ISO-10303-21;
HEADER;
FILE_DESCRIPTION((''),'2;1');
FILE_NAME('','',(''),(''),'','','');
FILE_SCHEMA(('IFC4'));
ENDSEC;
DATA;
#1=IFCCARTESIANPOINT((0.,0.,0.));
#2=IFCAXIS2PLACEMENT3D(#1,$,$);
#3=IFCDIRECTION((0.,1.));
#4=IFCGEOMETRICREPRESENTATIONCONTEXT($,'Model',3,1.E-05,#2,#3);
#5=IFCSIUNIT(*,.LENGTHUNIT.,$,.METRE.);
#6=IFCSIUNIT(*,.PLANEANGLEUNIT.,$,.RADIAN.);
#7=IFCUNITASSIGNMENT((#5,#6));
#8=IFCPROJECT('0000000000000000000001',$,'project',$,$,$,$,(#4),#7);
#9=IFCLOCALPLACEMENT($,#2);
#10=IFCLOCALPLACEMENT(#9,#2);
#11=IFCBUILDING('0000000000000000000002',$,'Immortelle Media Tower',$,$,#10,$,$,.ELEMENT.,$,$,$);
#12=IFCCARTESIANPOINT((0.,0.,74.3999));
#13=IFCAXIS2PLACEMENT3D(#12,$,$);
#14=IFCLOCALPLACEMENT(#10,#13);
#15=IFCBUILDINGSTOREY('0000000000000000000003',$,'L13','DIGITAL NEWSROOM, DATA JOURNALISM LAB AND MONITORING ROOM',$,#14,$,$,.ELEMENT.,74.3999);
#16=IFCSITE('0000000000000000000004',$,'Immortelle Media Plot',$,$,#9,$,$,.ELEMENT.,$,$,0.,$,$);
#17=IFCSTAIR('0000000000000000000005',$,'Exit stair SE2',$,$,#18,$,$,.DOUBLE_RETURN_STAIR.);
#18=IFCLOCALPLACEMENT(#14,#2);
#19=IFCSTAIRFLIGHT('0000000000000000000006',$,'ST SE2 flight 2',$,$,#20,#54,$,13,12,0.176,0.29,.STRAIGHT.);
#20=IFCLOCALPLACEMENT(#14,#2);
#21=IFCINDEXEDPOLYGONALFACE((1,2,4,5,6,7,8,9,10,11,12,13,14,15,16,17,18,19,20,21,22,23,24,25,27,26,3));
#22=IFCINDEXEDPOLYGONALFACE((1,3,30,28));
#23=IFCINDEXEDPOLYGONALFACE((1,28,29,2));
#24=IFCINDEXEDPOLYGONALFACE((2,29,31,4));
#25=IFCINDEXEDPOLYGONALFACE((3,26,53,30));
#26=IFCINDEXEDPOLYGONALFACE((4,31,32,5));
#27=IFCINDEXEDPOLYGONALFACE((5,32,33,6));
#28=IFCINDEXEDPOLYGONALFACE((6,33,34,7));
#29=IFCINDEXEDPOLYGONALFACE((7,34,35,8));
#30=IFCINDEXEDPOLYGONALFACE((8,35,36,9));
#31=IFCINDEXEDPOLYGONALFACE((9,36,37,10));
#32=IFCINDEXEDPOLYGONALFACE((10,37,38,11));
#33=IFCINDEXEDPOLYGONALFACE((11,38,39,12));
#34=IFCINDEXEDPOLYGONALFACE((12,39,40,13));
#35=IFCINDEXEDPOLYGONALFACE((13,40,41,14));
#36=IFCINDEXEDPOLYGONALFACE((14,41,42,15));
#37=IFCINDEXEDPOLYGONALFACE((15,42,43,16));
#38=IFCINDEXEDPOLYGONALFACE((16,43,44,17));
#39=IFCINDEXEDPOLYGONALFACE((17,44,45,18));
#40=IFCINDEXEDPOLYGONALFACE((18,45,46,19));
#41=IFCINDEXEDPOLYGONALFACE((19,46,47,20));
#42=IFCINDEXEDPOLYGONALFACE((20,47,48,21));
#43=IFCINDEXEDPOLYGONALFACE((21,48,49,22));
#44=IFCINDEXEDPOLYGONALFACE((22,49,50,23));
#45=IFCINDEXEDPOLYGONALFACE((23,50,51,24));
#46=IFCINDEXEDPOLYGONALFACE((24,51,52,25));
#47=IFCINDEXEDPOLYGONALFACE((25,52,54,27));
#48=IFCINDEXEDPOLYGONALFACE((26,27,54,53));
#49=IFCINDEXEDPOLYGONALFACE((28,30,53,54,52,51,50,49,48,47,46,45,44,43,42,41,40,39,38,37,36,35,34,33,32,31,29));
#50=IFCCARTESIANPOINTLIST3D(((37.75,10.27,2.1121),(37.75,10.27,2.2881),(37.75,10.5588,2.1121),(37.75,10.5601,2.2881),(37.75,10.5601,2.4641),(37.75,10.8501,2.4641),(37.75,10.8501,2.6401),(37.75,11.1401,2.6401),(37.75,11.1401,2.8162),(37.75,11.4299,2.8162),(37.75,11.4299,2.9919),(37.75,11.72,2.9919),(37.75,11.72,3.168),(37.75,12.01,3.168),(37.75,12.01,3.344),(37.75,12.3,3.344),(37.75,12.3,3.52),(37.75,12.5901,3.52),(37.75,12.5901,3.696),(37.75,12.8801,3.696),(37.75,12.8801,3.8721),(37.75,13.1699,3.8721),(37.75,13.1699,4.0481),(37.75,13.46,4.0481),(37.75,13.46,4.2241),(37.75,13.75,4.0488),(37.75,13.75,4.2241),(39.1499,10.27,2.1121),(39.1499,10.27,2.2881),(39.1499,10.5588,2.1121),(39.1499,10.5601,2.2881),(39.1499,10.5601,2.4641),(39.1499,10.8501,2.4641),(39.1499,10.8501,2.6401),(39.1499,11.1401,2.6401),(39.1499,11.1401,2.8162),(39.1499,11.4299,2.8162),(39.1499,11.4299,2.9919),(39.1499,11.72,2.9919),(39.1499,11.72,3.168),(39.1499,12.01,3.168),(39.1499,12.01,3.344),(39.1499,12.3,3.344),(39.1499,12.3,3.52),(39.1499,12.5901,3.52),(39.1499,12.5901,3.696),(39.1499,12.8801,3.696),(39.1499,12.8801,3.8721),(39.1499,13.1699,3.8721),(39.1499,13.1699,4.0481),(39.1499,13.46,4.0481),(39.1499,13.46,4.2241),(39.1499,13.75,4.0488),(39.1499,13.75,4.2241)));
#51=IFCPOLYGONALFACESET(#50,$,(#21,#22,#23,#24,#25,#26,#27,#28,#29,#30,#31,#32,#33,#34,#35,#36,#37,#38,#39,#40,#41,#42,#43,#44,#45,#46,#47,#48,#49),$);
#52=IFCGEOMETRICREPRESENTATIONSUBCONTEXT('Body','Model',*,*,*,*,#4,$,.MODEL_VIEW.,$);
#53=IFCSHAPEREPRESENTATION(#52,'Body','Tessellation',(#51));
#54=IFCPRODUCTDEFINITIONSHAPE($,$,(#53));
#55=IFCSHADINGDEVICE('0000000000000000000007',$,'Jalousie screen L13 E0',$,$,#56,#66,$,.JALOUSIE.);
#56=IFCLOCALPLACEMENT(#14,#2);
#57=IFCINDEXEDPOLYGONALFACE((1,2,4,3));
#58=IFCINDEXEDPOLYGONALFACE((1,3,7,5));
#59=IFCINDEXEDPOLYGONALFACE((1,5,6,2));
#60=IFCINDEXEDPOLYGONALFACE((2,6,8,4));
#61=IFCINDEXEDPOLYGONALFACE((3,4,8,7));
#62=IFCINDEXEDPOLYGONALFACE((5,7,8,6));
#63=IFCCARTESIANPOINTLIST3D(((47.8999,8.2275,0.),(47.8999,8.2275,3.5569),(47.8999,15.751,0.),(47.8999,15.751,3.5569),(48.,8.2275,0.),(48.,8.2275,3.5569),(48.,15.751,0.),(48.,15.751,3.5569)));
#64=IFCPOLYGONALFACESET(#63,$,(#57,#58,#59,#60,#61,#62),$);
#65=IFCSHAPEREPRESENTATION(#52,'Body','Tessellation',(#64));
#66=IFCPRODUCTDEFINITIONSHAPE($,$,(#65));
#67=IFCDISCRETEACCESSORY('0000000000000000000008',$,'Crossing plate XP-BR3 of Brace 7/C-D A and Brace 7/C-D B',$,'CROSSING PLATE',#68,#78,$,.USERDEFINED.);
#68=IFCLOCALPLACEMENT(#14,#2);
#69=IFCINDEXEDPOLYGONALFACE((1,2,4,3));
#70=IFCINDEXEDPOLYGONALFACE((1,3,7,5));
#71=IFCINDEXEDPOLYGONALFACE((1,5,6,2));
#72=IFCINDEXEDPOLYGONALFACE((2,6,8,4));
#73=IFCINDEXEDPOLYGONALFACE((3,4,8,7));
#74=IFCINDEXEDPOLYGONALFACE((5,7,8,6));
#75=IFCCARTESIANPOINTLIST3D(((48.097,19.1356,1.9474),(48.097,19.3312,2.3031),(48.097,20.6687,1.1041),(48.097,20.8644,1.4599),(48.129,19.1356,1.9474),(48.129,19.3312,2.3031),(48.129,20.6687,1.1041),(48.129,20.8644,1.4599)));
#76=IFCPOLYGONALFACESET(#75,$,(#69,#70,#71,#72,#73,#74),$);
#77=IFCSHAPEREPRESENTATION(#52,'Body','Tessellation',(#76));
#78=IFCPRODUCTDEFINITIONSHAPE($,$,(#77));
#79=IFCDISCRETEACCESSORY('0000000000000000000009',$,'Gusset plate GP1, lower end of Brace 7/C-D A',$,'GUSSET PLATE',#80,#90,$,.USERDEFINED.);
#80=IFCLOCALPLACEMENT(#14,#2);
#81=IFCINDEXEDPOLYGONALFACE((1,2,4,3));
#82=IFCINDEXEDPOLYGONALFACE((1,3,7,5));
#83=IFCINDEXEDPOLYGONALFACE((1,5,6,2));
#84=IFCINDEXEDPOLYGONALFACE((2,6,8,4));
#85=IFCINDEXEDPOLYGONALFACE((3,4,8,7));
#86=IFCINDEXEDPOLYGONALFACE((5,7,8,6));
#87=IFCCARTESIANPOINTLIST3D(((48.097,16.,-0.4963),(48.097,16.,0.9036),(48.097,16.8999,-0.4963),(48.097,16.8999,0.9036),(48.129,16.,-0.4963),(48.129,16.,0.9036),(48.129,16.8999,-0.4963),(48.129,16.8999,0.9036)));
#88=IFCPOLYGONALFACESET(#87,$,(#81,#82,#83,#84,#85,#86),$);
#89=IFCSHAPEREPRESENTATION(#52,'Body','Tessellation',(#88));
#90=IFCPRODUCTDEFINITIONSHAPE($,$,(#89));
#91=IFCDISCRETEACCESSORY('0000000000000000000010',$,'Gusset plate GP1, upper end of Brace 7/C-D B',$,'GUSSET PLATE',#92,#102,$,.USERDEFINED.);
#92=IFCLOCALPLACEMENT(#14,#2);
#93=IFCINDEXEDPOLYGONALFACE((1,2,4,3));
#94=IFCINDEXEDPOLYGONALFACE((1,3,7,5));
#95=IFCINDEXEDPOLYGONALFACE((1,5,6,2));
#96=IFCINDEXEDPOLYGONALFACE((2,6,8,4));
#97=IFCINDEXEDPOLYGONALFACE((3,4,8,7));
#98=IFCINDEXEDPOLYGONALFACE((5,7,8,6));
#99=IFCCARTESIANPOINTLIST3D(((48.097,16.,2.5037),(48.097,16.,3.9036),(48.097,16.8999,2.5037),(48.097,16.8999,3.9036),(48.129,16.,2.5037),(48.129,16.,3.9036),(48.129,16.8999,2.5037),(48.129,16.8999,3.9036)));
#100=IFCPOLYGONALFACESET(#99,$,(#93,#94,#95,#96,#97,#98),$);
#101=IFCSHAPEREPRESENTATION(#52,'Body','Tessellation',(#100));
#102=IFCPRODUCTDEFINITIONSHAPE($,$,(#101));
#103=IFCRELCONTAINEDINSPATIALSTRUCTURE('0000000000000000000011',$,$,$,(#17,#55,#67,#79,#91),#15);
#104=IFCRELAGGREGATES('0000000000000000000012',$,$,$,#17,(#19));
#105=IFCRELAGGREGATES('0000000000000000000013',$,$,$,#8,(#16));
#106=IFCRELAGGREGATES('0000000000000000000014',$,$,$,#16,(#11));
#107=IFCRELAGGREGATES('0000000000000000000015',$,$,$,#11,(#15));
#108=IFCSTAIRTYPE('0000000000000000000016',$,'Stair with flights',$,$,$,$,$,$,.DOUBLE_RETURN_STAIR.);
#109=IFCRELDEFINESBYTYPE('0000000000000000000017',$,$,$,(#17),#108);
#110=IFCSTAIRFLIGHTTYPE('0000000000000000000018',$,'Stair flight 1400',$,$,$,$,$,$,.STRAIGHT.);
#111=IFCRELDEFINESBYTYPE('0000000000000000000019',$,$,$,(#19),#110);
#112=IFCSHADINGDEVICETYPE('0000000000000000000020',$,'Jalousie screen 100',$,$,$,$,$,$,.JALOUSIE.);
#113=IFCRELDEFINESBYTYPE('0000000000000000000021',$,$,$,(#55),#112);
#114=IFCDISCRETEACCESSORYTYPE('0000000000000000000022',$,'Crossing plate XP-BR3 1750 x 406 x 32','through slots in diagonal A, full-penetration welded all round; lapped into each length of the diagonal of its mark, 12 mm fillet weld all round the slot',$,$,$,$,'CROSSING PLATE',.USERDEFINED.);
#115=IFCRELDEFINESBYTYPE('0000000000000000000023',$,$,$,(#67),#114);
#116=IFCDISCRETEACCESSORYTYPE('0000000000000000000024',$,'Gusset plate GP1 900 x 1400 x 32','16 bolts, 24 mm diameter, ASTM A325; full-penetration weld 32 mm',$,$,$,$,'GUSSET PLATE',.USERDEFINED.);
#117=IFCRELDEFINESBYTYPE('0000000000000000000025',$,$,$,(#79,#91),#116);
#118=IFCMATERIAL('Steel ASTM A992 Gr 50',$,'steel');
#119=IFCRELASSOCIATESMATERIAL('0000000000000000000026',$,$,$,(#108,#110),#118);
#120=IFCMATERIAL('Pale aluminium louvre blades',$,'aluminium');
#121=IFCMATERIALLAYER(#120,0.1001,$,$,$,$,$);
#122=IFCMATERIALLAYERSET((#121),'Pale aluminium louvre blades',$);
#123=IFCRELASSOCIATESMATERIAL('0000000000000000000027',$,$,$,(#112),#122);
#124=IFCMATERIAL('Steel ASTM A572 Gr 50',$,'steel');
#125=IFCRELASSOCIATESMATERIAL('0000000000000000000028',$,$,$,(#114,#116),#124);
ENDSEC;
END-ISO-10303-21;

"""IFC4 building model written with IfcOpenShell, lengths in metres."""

from ifc_helpers import new_model, si_unit, direction, frame, origin, origin_2d, place, context, subcontext, project, spatial, polyline, rectangle, outline, extrude, material, layer, layer_set, material_profile, profile_set, type_object, element, aggregate, save


model = new_model("IFC4")

# Units and contexts
model_context = context("Model", 3, precision=1e-05, world=origin(), true_north=direction((0.0, 1.0)))
body_context = subcontext(model_context, "Body", "Model", "MODEL_VIEW")
ifc_project = project(units=[si_unit("LENGTHUNIT", "METRE"), si_unit("PLANEANGLEUNIT", "RADIAN")], contexts=[model_context])

# Site, building, storey
site_placement = place(None, origin())
site = spatial("IfcSite", under=ifc_project, at=site_placement, Name="Immortelle Media Plot", CompositionType="ELEMENT", RefElevation=0.0)
building_placement = place(site_placement, origin())
building = spatial("IfcBuilding", under=site, at=building_placement, Name="Immortelle Media Tower", CompositionType="ELEMENT")
storey_placement = place(building_placement, frame((0.0, 0.0, 74.3999)))
storey = spatial("IfcBuildingStorey", under=building, at=storey_placement, Name="L13", Description="DIGITAL NEWSROOM, DATA JOURNALISM LAB AND MONITORING ROOM", CompositionType="ELEMENT", Elevation=74.3999)

# Shared definitions
ifc_material_1 = material(Name="Steel ASTM A992 Gr 50", Category="steel")

# Shared definitions
stair_type = type_object("IfcStairType", Name="Stair with flights", PredefinedType="DOUBLE_RETURN_STAIR", material=ifc_material_1)
stair_flight_type = type_object("IfcStairFlightType", Name="Stair flight 1400", PredefinedType="STRAIGHT", material=ifc_material_1)

# Stair, stair flight
stair_1_placement = place(storey_placement, origin())
stair_1 = element("IfcStair", 1, at=stair_1_placement, inside=storey, type_object=stair_type, Name="Exit stair SE2", PredefinedType="DOUBLE_RETURN_STAIR")
stair_flight_1_placement = place(storey_placement, frame((38.45, 10.27, 2.1121), z_axis=(0.0, 0.0, 1.0), x_axis=(0.0, 1.0, 0.0)))
stair_flight_1 = element("IfcStairFlight", 2, at=stair_flight_1_placement, type_object=stair_flight_type, Name="ST SE2 flight 2", NumberOfRisers=13, NumberOfTreads=12, PredefinedType="STRAIGHT", RiserHeight=0.176, TreadLength=0.29, context=body_context, shape_type="SweptSolid", body=[
    extrude(outline(polyline([(0.0, 0.0), (0.0, 0.176), (0.29, 0.176), (0.29, 0.3521), (0.5801, 0.3521), (0.5801, 0.5281), (0.8701, 0.5281), (0.8701, 0.7041), (1.1599, 0.7041), (1.1599, 0.8799), (1.45, 0.8799), (1.45, 1.0559), (1.74, 1.0559), (1.74, 1.2319), (2.03, 1.2319), (2.03, 1.408), (2.3201, 1.408), (2.3201, 1.584), (2.6101, 1.584), (2.6101, 1.76), (2.8999, 1.76), (2.8999, 1.936), (3.1899, 1.936), (3.1899, 2.1121), (3.48, 2.1121), (3.48, 2.2881), (3.48, 1.9368), (0.2888, 0.0), (0.0, 0.0)])), frame((0.0, 0.7, 0.0), z_axis=(0.0, -1.0, 0.0), x_axis=(1.0, 0.0, 0.0)), (0.0, 0.0, 1.0), 1.3999),
])
aggregate(stair_1, [stair_flight_1])

# Shading device
ifc_material_2 = material(Name="Pale aluminium louvre blades", Category="aluminium")
ifc_layer_1 = layer(ifc_material_2, 0.1001)
ifc_layer_set_1 = layer_set([ifc_layer_1], Name="Pale aluminium louvre blades")
shading_device_type = type_object("IfcShadingDeviceType", Name="Jalousie screen 100", PredefinedType="JALOUSIE", material=ifc_layer_set_1)
shading_device_placement = place(storey_placement, frame((47.95, 11.9893, 0.0), z_axis=(0.0, 0.0, 1.0), x_axis=(0.0, 1.0, 0.0)))
element("IfcShadingDevice", 3, at=shading_device_placement, inside=storey, type_object=shading_device_type, Name="Jalousie screen L13 E0", PredefinedType="JALOUSIE", context=body_context, shape_type="SweptSolid", body=[
    extrude(rectangle(XDim=7.5234, YDim=0.1001, at=origin_2d()), origin(), (0.0, 0.0, 1.0), 3.5569),
])

# Discrete accessories
ifc_material_3 = material(Name="Steel ASTM A572 Gr 50", Category="steel")
ifc_material_profile_1 = material_profile(ifc_material_3, rectangle(XDim=0.032, YDim=0.406, at=origin_2d()), Name="PL 32 x 406")
ifc_profile_set_1 = profile_set([ifc_material_profile_1], Name="Steel ASTM A572 Gr 50")
discrete_accessory_type_1 = type_object("IfcDiscreteAccessoryType", Name="Crossing plate XP-BR3 1750 x 406 x 32", Description="through slots in diagonal A, full-penetration welded all round; lapped into each length of the diagonal of its mark, 12 mm fillet weld all round the slot", ElementType="CROSSING PLATE", PredefinedType="USERDEFINED", material=ifc_profile_set_1)
discrete_accessory_placement = place(storey_placement, frame((48.113, 19.2334, 2.1252), z_axis=(0.0, 0.876216, -0.481919), x_axis=(-1.0, 0.0, 0.0)))
element("IfcDiscreteAccessory", 4, at=discrete_accessory_placement, inside=storey, type_object=discrete_accessory_type_1, Name="Crossing plate XP-BR3 of Brace 7/C-D A and Brace 7/C-D B", ObjectType="CROSSING PLATE", PredefinedType="USERDEFINED", context=body_context, shape_type="SweptSolid", body=[
    extrude(rectangle(XDim=0.032, YDim=0.406, at=origin_2d()), origin(), (0.0, 0.0, 1.0), 1.7498),
])
ifc_material_profile_2 = material_profile(ifc_material_3, rectangle(XDim=0.032, YDim=1.3999, at=origin_2d()), Name="PL 32 x 1400")
ifc_profile_set_2 = profile_set([ifc_material_profile_2], Name="Steel ASTM A572 Gr 50")
discrete_accessory_type_2 = type_object("IfcDiscreteAccessoryType", Name="Gusset plate GP1 900 x 1400 x 32", Description="16 bolts, 24 mm diameter, ASTM A325; full-penetration weld 32 mm", ElementType="GUSSET PLATE", PredefinedType="USERDEFINED", material=ifc_profile_set_2)
for number, where, z_axis, x_axis, name in (
    (5, (48.113, 16.0, 0.2036), (0.0, 1.0, 0.0), (-1.0, 0.0, 0.0), "Gusset plate GP1, lower end of Brace 7/C-D A"),
    (6, (48.113, 16.0, 3.2036), (0.0, 1.0, 0.0), (-1.0, 0.0, 0.0), "Gusset plate GP1, upper end of Brace 7/C-D B"),
):
    element("IfcDiscreteAccessory", number, at=place(storey_placement, frame(where, z_axis=z_axis, x_axis=x_axis)), inside=storey, type_object=discrete_accessory_type_2, Name=name, ObjectType="GUSSET PLATE", PredefinedType="USERDEFINED", context=body_context, shape_type="SweptSolid", body=[
        extrude(rectangle(XDim=0.032, YDim=1.3999, at=origin_2d()), origin(), (0.0, 0.0, 1.0), 0.8999),
    ])

save(model, "model.ifc")
